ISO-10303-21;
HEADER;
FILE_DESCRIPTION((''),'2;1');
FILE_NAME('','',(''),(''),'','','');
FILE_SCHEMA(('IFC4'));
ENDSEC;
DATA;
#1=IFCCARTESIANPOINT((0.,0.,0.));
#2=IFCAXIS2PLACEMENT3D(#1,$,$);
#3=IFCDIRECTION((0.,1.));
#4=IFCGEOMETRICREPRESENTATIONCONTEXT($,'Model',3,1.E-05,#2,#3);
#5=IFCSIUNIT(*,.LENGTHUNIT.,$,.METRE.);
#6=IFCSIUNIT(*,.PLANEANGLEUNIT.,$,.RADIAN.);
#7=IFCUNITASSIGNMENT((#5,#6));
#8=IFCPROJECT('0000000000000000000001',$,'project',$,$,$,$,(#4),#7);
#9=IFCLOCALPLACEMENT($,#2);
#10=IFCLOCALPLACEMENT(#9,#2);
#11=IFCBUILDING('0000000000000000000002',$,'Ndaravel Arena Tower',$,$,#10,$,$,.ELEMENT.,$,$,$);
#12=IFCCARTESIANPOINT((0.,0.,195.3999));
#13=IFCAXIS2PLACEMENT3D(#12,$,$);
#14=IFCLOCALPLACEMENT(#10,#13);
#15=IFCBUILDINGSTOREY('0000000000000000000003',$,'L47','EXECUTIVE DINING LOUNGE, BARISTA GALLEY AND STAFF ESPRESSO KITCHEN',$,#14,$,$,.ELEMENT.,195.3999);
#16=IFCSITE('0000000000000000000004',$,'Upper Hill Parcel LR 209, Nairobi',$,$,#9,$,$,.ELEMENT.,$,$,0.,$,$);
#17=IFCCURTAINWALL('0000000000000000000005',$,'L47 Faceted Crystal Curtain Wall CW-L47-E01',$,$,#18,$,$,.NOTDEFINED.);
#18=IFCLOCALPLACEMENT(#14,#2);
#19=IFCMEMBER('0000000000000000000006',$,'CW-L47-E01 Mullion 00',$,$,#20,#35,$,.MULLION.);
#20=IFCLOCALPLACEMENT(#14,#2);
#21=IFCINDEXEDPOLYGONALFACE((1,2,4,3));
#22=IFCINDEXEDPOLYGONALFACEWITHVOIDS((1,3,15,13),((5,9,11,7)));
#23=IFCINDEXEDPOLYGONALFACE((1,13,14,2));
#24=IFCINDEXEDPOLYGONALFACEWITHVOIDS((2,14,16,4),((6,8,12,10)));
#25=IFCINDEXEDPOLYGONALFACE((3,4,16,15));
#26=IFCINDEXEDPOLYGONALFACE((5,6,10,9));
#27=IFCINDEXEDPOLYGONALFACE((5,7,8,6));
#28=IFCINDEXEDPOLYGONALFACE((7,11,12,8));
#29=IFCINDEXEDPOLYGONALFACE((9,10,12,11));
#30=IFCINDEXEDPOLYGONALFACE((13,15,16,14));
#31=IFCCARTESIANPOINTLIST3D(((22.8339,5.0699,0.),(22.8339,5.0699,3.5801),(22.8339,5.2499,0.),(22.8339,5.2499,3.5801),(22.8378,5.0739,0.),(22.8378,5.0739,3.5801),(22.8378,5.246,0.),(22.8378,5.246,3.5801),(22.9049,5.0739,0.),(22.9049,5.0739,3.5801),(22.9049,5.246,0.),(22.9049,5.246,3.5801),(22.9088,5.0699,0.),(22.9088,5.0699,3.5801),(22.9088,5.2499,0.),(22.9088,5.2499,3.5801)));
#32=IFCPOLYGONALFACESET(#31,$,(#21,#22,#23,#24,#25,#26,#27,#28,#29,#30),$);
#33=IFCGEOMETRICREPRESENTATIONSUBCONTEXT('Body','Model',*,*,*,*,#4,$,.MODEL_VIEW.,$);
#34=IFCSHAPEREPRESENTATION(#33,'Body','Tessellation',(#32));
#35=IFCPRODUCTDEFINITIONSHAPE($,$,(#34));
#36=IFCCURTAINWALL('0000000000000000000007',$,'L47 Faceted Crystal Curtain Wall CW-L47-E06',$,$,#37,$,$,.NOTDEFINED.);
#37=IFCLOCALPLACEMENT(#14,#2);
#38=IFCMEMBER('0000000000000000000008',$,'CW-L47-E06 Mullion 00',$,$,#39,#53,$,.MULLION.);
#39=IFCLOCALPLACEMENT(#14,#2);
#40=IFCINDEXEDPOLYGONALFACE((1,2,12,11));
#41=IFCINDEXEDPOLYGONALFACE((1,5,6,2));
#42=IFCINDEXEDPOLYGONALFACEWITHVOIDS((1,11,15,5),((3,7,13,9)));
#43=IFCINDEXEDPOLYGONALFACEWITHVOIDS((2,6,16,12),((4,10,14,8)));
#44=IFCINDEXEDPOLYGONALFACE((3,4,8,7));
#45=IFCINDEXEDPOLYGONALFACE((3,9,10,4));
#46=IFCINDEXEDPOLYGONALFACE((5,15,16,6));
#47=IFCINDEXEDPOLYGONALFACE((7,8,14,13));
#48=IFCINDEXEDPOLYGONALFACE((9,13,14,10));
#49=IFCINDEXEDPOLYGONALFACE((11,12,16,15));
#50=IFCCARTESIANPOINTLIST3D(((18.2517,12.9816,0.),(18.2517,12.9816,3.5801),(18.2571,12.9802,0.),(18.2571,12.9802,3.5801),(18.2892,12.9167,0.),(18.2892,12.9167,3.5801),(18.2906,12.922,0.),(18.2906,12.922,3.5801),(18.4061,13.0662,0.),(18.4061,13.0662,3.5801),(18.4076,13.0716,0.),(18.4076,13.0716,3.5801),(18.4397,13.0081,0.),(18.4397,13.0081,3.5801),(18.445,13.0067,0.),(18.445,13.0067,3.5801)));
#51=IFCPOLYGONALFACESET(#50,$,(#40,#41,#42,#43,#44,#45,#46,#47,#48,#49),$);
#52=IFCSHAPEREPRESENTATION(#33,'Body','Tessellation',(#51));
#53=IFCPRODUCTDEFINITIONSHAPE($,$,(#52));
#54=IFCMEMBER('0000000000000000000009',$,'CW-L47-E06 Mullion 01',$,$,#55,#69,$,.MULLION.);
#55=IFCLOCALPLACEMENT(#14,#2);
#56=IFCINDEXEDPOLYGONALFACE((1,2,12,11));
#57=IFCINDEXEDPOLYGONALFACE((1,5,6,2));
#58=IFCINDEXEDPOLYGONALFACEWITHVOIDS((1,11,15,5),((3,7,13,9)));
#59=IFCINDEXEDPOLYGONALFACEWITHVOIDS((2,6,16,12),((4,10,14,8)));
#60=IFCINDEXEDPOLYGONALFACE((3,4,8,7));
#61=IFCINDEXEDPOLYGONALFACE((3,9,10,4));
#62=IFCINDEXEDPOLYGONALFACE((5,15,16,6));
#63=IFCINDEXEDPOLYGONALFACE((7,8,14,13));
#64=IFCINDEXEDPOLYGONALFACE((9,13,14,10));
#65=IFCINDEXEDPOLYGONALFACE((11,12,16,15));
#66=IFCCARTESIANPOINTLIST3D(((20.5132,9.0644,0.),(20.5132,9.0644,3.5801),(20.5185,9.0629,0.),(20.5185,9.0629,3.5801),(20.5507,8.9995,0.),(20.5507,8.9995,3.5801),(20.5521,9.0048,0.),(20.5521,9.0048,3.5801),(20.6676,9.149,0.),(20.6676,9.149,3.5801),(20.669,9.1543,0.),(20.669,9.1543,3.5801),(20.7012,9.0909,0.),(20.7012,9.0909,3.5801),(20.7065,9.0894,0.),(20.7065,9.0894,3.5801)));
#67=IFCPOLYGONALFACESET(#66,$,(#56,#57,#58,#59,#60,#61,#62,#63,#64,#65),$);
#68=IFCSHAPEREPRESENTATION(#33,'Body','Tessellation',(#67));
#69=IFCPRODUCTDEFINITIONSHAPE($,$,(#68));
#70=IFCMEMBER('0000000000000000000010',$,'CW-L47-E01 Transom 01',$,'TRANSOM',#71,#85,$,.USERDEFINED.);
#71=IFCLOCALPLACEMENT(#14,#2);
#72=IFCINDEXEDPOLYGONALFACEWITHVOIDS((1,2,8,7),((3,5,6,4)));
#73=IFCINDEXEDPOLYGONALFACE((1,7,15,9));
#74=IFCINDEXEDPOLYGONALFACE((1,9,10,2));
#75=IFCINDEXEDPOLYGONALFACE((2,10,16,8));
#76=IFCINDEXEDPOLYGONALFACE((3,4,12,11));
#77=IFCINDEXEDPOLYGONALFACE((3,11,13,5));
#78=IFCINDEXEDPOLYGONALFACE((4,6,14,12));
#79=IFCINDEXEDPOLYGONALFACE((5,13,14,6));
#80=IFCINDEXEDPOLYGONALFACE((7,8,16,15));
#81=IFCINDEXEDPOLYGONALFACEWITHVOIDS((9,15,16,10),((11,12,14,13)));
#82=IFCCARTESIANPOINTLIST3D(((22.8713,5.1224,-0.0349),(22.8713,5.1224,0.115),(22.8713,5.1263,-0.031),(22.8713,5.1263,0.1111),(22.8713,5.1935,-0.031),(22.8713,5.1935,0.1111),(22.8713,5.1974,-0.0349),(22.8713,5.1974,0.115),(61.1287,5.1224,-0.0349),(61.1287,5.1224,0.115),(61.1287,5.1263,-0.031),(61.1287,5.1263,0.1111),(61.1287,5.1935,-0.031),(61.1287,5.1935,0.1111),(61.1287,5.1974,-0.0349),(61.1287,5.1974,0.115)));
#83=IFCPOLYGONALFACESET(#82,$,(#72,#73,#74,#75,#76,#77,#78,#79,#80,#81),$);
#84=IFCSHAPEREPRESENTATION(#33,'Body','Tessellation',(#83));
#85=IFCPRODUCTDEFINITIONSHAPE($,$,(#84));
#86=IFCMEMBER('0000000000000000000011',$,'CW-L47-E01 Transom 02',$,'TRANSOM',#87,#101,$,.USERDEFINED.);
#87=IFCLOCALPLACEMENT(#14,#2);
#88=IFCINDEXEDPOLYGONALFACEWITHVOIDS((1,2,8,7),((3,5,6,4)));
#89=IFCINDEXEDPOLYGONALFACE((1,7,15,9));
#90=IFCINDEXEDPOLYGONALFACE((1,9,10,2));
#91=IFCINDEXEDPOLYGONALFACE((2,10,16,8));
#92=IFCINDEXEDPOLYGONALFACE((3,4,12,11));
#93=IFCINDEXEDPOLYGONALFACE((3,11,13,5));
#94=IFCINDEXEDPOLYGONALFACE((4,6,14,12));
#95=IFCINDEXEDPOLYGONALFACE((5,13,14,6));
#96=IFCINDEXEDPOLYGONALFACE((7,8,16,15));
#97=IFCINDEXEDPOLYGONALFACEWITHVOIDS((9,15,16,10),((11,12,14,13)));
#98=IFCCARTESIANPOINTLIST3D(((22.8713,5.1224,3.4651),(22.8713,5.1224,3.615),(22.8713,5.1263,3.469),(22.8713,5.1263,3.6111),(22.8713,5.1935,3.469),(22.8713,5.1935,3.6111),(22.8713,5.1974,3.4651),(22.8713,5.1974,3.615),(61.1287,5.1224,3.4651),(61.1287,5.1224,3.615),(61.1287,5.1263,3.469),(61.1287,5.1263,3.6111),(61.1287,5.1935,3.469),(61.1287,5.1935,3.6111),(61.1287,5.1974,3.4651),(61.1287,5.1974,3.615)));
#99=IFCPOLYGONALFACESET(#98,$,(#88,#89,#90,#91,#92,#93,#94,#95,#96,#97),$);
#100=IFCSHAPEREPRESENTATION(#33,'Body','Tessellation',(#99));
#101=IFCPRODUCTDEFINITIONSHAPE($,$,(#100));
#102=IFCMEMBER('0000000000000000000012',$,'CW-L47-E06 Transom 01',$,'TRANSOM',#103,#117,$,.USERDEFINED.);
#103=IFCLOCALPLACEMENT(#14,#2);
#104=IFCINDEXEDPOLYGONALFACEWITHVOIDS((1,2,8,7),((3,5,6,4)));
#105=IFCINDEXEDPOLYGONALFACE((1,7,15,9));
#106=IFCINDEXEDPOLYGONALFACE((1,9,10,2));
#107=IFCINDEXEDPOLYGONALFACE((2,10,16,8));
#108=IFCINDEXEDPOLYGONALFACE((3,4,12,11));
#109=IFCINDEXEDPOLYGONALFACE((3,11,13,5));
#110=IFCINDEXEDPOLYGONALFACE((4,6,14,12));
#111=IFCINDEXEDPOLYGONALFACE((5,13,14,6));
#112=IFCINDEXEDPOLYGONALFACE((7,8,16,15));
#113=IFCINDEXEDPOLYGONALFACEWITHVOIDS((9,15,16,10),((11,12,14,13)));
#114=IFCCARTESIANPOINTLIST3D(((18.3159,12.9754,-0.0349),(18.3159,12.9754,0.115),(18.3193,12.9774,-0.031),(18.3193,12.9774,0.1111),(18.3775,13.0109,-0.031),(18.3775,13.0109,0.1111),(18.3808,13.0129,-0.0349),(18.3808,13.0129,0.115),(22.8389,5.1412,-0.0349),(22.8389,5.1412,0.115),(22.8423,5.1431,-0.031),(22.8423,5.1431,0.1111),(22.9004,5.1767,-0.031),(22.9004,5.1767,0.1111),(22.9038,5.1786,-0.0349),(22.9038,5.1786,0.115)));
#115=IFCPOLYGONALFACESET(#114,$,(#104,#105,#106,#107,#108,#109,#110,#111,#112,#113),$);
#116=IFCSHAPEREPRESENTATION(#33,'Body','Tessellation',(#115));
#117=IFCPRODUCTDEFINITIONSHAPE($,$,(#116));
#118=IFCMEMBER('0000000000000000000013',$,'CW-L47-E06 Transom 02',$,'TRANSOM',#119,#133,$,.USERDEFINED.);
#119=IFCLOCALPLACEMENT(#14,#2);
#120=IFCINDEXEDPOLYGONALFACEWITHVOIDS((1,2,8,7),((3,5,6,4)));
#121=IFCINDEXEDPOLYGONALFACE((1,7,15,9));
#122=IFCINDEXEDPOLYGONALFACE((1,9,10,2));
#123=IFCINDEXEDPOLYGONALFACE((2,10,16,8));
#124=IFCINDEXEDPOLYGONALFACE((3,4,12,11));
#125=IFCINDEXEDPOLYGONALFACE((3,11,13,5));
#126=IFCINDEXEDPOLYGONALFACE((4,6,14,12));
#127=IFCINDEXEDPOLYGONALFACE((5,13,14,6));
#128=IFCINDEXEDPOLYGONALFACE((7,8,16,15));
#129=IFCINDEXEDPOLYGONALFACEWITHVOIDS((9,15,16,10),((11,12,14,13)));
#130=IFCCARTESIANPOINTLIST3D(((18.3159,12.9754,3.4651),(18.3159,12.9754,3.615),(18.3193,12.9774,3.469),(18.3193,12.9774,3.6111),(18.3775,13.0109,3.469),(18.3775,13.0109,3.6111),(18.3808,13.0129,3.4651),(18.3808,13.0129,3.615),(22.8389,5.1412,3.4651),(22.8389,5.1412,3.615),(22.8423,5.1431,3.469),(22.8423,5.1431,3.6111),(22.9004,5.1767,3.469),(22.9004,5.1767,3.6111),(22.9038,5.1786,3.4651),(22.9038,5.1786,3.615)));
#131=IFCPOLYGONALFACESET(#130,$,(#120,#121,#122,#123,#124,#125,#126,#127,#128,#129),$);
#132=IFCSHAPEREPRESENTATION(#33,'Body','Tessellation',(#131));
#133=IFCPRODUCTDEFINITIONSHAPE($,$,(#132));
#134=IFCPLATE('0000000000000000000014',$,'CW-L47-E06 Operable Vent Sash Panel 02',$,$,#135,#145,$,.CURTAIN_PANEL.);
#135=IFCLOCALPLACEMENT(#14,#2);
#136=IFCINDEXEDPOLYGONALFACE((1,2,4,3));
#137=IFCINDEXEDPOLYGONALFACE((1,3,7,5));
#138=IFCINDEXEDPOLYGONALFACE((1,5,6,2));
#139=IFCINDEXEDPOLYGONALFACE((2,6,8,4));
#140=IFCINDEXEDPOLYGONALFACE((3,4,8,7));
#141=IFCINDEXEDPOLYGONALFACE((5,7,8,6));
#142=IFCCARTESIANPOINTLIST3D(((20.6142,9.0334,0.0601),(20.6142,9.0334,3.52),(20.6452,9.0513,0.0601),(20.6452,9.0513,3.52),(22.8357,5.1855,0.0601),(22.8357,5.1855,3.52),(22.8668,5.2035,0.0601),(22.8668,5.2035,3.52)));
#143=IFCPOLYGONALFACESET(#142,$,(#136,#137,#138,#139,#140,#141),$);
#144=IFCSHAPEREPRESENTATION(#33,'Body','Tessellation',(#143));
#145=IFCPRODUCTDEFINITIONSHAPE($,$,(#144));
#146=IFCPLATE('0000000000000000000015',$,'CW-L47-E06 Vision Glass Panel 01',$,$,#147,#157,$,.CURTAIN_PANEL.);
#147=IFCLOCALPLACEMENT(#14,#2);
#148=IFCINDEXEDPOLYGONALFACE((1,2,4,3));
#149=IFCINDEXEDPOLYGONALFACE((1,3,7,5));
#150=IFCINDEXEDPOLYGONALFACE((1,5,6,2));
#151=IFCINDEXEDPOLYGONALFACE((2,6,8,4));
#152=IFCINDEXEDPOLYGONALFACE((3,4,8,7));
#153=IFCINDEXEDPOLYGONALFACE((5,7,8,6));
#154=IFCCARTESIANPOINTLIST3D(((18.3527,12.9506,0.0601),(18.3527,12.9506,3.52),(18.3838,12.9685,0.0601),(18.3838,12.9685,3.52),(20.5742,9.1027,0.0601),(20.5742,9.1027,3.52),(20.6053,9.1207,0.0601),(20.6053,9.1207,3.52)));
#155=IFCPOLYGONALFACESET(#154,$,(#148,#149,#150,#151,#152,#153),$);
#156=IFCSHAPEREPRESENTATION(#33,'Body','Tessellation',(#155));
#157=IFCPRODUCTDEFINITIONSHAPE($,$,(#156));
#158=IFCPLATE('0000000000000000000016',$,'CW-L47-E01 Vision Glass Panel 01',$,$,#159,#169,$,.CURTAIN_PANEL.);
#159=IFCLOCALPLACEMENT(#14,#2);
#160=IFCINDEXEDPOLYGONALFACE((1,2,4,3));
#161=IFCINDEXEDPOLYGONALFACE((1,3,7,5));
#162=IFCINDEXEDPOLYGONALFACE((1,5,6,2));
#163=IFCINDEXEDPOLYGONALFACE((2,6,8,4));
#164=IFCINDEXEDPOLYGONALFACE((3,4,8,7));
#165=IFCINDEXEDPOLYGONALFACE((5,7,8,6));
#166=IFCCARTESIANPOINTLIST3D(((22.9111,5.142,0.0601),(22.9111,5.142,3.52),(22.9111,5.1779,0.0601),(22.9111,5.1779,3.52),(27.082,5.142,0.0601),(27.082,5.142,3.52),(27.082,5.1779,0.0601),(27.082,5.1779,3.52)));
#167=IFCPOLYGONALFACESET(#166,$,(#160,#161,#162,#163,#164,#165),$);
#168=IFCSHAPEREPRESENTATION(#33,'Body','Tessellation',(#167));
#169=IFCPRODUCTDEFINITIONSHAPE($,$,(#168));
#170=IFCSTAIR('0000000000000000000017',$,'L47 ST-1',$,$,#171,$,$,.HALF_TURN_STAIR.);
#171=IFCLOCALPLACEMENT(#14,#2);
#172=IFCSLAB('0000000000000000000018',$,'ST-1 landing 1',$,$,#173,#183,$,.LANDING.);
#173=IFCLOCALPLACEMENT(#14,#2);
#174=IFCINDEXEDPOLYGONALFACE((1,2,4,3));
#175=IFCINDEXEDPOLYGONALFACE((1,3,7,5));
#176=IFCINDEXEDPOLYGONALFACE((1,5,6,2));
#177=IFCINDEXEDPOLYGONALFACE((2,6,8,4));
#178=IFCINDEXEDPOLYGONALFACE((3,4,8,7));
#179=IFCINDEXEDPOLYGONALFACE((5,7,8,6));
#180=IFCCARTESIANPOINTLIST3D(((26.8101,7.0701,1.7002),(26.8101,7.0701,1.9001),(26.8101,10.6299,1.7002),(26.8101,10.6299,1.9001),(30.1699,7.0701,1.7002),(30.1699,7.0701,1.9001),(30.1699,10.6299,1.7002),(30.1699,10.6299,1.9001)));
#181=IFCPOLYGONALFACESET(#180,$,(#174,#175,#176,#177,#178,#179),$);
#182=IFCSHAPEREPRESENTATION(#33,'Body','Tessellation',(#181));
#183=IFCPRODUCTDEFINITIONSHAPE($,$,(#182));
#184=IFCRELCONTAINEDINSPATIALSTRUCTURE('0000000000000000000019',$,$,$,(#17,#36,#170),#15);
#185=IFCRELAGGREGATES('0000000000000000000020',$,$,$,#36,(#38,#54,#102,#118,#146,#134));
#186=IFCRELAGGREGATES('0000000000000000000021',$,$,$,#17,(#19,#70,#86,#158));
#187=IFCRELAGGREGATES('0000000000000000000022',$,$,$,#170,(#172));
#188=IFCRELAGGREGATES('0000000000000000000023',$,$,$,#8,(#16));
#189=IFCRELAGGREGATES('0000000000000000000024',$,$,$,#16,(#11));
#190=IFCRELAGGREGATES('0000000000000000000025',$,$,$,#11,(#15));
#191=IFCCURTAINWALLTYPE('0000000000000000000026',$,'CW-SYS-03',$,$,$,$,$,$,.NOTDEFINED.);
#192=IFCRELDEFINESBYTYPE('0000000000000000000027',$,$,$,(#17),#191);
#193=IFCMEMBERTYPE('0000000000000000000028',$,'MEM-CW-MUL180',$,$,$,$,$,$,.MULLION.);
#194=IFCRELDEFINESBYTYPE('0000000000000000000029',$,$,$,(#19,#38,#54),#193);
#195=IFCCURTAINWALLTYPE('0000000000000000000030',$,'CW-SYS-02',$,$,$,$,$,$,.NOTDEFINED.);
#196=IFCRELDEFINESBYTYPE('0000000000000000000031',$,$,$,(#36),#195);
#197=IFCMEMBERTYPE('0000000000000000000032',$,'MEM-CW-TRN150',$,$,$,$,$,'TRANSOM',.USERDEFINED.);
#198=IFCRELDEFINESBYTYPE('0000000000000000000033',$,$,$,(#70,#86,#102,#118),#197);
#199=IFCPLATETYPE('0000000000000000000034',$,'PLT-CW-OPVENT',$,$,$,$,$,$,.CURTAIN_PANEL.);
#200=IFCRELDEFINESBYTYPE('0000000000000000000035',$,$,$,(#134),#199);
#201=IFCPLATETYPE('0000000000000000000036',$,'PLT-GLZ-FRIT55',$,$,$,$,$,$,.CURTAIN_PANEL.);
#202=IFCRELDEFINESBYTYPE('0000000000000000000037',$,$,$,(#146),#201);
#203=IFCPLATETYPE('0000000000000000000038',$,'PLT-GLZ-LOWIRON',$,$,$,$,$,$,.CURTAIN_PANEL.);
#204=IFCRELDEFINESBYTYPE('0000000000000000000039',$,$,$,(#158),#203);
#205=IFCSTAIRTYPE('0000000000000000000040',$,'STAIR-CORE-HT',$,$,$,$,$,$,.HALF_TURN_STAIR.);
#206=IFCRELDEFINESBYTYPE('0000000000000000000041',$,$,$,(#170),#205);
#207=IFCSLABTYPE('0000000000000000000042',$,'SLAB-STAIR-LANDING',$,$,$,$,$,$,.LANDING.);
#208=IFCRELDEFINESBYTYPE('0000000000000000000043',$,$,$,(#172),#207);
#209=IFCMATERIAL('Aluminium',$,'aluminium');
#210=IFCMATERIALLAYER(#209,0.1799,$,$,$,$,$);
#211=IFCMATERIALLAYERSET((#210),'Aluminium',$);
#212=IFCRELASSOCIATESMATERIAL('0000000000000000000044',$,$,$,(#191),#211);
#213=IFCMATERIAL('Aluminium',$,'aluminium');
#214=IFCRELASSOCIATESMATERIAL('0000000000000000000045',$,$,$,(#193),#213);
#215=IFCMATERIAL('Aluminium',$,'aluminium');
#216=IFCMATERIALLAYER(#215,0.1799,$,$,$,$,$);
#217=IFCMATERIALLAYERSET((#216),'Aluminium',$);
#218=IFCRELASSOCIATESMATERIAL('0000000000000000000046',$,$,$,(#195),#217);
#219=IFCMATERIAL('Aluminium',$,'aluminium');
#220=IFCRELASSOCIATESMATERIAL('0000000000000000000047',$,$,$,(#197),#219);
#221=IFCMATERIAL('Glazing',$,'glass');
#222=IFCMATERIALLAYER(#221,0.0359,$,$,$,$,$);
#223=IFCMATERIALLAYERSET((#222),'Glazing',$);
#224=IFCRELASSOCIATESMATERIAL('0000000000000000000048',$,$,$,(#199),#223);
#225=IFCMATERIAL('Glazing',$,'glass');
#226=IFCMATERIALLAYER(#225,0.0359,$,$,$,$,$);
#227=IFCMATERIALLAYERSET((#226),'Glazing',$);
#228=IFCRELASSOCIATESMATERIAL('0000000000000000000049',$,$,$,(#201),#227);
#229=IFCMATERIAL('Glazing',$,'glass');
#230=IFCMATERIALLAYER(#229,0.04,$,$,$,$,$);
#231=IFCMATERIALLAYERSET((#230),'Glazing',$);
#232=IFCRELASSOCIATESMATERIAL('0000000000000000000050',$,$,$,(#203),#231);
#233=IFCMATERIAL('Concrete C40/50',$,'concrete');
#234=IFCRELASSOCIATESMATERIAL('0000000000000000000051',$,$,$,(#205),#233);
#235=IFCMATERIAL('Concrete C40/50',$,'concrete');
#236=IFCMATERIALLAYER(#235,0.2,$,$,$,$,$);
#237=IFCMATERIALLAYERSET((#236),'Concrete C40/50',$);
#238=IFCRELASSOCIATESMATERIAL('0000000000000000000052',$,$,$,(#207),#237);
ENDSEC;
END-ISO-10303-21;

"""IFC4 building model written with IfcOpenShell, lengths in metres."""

from ifc_helpers import new_model, si_unit, direction, frame, origin, origin_2d, place, context, subcontext, project, spatial, polyline, rectangle, hollow_rectangle, outline, extrude, material, layer, layer_set, material_profile, profile_set, type_object, element, aggregate, save


model = new_model("IFC4")

# Units and contexts
model_context = context("Model", 3, precision=1e-05, world=origin(), true_north=direction((0.0, 1.0)))
body_context = subcontext(model_context, "Body", "Model", "MODEL_VIEW")
ifc_project = project(units=[si_unit("LENGTHUNIT", "METRE"), si_unit("PLANEANGLEUNIT", "RADIAN")], contexts=[model_context])

# Site, building, storey
site_placement = place(None, origin())
site = spatial("IfcSite", under=ifc_project, at=site_placement, Name="Upper Hill Parcel LR 209, Nairobi", CompositionType="ELEMENT", RefElevation=0.0)
building_placement = place(site_placement, origin())
building = spatial("IfcBuilding", under=site, at=building_placement, Name="Ndaravel Arena Tower", CompositionType="ELEMENT")
storey_placement = place(building_placement, frame((0.0, 0.0, 195.3999)))
storey = spatial("IfcBuildingStorey", under=building, at=storey_placement, Name="L47", Description="EXECUTIVE DINING LOUNGE, BARISTA GALLEY AND STAFF ESPRESSO KITCHEN", CompositionType="ELEMENT", Elevation=195.3999)

# Curtain wall, member
ifc_material_1 = material(Name="Aluminium", Category="aluminium")
ifc_layer_1 = layer(ifc_material_1, 0.1799)
ifc_layer_set_1 = layer_set([ifc_layer_1], Name="Aluminium")
curtain_wall_type_1 = type_object("IfcCurtainWallType", Name="CW-SYS-03", PredefinedType="NOTDEFINED", material=ifc_layer_set_1)
curtain_wall_1_placement = place(storey_placement, origin())
curtain_wall_1 = element("IfcCurtainWall", 1, at=curtain_wall_1_placement, inside=storey, type_object=curtain_wall_type_1, Name="L47 Faceted Crystal Curtain Wall CW-L47-E01", PredefinedType="NOTDEFINED")
ifc_material_2 = material(Name="Aluminium", Category="aluminium")
ifc_material_profile_1 = material_profile(ifc_material_2, hollow_rectangle(XDim=0.075, YDim=0.1799, WallThickness=0.0039, at=origin_2d()), Name="CW MULLION 75x180x4")
ifc_profile_set_1 = profile_set([ifc_material_profile_1], Name="Aluminium")
member_type_1 = type_object("IfcMemberType", Name="MEM-CW-MUL180", PredefinedType="MULLION", material=ifc_profile_set_1)
member_1_placement = place(storey_placement, frame((22.8713, 5.1599, 0.0), z_axis=(0.0, 0.0, 1.0), x_axis=(1.0, 0.0, 0.0)))
member_1 = element("IfcMember", 2, at=member_1_placement, type_object=member_type_1, Name="CW-L47-E01 Mullion 00", PredefinedType="MULLION", context=body_context, shape_type="SweptSolid", body=[
    extrude(hollow_rectangle(XDim=0.075, YDim=0.1799, WallThickness=0.0039, at=origin_2d()), origin(), (0.0, 0.0, 1.0), 3.5801),
])

# Curtain wall, members
ifc_material_3 = material(Name="Aluminium", Category="aluminium")
ifc_layer_2 = layer(ifc_material_3, 0.1799)
ifc_layer_set_2 = layer_set([ifc_layer_2], Name="Aluminium")
curtain_wall_type_2 = type_object("IfcCurtainWallType", Name="CW-SYS-02", PredefinedType="NOTDEFINED", material=ifc_layer_set_2)
curtain_wall_2_placement = place(storey_placement, origin())
curtain_wall_2 = element("IfcCurtainWall", 3, at=curtain_wall_2_placement, inside=storey, type_object=curtain_wall_type_2, Name="L47 Faceted Crystal Curtain Wall CW-L47-E06", PredefinedType="NOTDEFINED")
member_2_placement = place(storey_placement, frame((18.3484, 12.9941, 0.0), z_axis=(0.0, 0.0, 1.0), x_axis=(0.5, -0.866025, 0.0)))
member_2 = element("IfcMember", 4, at=member_2_placement, type_object=member_type_1, Name="CW-L47-E06 Mullion 00", PredefinedType="MULLION", context=body_context, shape_type="SweptSolid", body=[
    extrude(hollow_rectangle(XDim=0.075, YDim=0.1799, WallThickness=0.0039, at=origin_2d()), origin(), (0.0, 0.0, 1.0), 3.5801),
])
member_3_placement = place(storey_placement, frame((20.6099, 9.0769, 0.0), z_axis=(0.0, 0.0, 1.0), x_axis=(0.5, -0.866025, 0.0)))
member_3 = element("IfcMember", 5, at=member_3_placement, type_object=member_type_1, Name="CW-L47-E06 Mullion 01", PredefinedType="MULLION", context=body_context, shape_type="SweptSolid", body=[
    extrude(hollow_rectangle(XDim=0.075, YDim=0.1799, WallThickness=0.0039, at=origin_2d()), origin(), (0.0, 0.0, 1.0), 3.5801),
])

# Members
ifc_material_4 = material(Name="Aluminium", Category="aluminium")
ifc_material_profile_2 = material_profile(ifc_material_4, hollow_rectangle(XDim=0.075, YDim=0.1499, WallThickness=0.0039, at=origin_2d()), Name="CW TRANSOM 75x150x4")
ifc_profile_set_2 = profile_set([ifc_material_profile_2], Name="Aluminium")
member_type_2 = type_object("IfcMemberType", Name="MEM-CW-TRN150", ElementType="TRANSOM", PredefinedType="USERDEFINED", material=ifc_profile_set_2)
member_4_placement = place(storey_placement, frame((22.8713, 5.1599, 0.04), z_axis=(1.0, 0.0, 0.0), x_axis=(0.0, 1.0, 0.0)))
member_4 = element("IfcMember", 6, at=member_4_placement, type_object=member_type_2, Name="CW-L47-E01 Transom 01", ObjectType="TRANSOM", PredefinedType="USERDEFINED", context=body_context, shape_type="SweptSolid", body=[
    extrude(hollow_rectangle(XDim=0.075, YDim=0.1499, WallThickness=0.0039, at=origin_2d()), origin(), (0.0, 0.0, 1.0), 38.2573),
])
member_5_placement = place(storey_placement, frame((22.8713, 5.1599, 3.54), z_axis=(1.0, 0.0, 0.0), x_axis=(0.0, 1.0, 0.0)))
member_5 = element("IfcMember", 7, at=member_5_placement, type_object=member_type_2, Name="CW-L47-E01 Transom 02", ObjectType="TRANSOM", PredefinedType="USERDEFINED", context=body_context, shape_type="SweptSolid", body=[
    extrude(hollow_rectangle(XDim=0.075, YDim=0.1499, WallThickness=0.0039, at=origin_2d()), origin(), (0.0, 0.0, 1.0), 38.2573),
])
member_6_placement = place(storey_placement, frame((18.3484, 12.9941, 0.04), z_axis=(0.499988, -0.866032, 0.0), x_axis=(0.866032, 0.499988, 0.0)))
member_6 = element("IfcMember", 8, at=member_6_placement, type_object=member_type_2, Name="CW-L47-E06 Transom 01", ObjectType="TRANSOM", PredefinedType="USERDEFINED", context=body_context, shape_type="SweptSolid", body=[
    extrude(hollow_rectangle(XDim=0.075, YDim=0.1499, WallThickness=0.0039, at=origin_2d()), origin(), (0.0, 0.0, 1.0), 9.0461),
])
member_7_placement = place(storey_placement, frame((18.3484, 12.9941, 3.54), z_axis=(0.499988, -0.866032, 0.0), x_axis=(0.866032, 0.499988, 0.0)))
member_7 = element("IfcMember", 9, at=member_7_placement, type_object=member_type_2, Name="CW-L47-E06 Transom 02", ObjectType="TRANSOM", PredefinedType="USERDEFINED", context=body_context, shape_type="SweptSolid", body=[
    extrude(hollow_rectangle(XDim=0.075, YDim=0.1499, WallThickness=0.0039, at=origin_2d()), origin(), (0.0, 0.0, 1.0), 9.0461),
])

# Plates
ifc_material_5 = material(Name="Glazing", Category="glass")
ifc_layer_3 = layer(ifc_material_5, 0.0359)
ifc_layer_set_3 = layer_set([ifc_layer_3], Name="Glazing")
plate_type_1 = type_object("IfcPlateType", Name="PLT-CW-OPVENT", PredefinedType="CURTAIN_PANEL", material=ifc_layer_set_3)
plate_1_placement = place(storey_placement, frame((21.7405, 7.1184, 0.0601), z_axis=(0.0, 0.0, 1.0), x_axis=(0.5, -0.866025, 0.0)))
plate_1 = element("IfcPlate", 10, at=plate_1_placement, type_object=plate_type_1, Name="CW-L47-E06 Operable Vent Sash Panel 02", PredefinedType="CURTAIN_PANEL", context=body_context, shape_type="SweptSolid", body=[
    extrude(rectangle(XDim=4.4431, YDim=0.0359, at=origin_2d()), origin(), (0.0, 0.0, 1.0), 3.46),
])
ifc_material_6 = material(Name="Glazing", Category="glass")
ifc_layer_4 = layer(ifc_material_6, 0.0359)
ifc_layer_set_4 = layer_set([ifc_layer_4], Name="Glazing")
plate_type_2 = type_object("IfcPlateType", Name="PLT-GLZ-FRIT55", PredefinedType="CURTAIN_PANEL", material=ifc_layer_set_4)
plate_2_placement = place(storey_placement, frame((19.479, 11.0356, 0.0601), z_axis=(0.0, 0.0, 1.0), x_axis=(0.5, -0.866025, 0.0)))
plate_2 = element("IfcPlate", 11, at=plate_2_placement, type_object=plate_type_2, Name="CW-L47-E06 Vision Glass Panel 01", PredefinedType="CURTAIN_PANEL", context=body_context, shape_type="SweptSolid", body=[
    extrude(rectangle(XDim=4.4431, YDim=0.0359, at=origin_2d()), origin(), (0.0, 0.0, 1.0), 3.46),
])
aggregate(curtain_wall_2, [member_2, member_3, member_6, member_7, plate_2, plate_1])
ifc_material_7 = material(Name="Glazing", Category="glass")
ifc_layer_5 = layer(ifc_material_7, 0.04)
ifc_layer_set_5 = layer_set([ifc_layer_5], Name="Glazing")
plate_type_3 = type_object("IfcPlateType", Name="PLT-GLZ-LOWIRON", PredefinedType="CURTAIN_PANEL", material=ifc_layer_set_5)
plate_3_placement = place(storey_placement, frame((24.9966, 5.1599, 0.0601), z_axis=(0.0, 0.0, 1.0), x_axis=(1.0, 0.0, 0.0)))
plate_3 = element("IfcPlate", 12, at=plate_3_placement, type_object=plate_type_3, Name="CW-L47-E01 Vision Glass Panel 01", PredefinedType="CURTAIN_PANEL", context=body_context, shape_type="SweptSolid", body=[
    extrude(rectangle(XDim=4.1709, YDim=0.0359, at=origin_2d()), origin(), (0.0, 0.0, 1.0), 3.46),
])
aggregate(curtain_wall_1, [member_1, member_4, member_5, plate_3])

# Stair, slab
ifc_material_8 = material(Name="Concrete C40/50", Category="concrete")
stair_type = type_object("IfcStairType", Name="STAIR-CORE-HT", PredefinedType="HALF_TURN_STAIR", material=ifc_material_8)
stair_1_placement = place(storey_placement, origin())
stair_1 = element("IfcStair", 13, at=stair_1_placement, inside=storey, type_object=stair_type, Name="L47 ST-1", PredefinedType="HALF_TURN_STAIR")
ifc_material_9 = material(Name="Concrete C40/50", Category="concrete")
ifc_layer_6 = layer(ifc_material_9, 0.2)
ifc_layer_set_6 = layer_set([ifc_layer_6], Name="Concrete C40/50")
slab_type_1 = type_object("IfcSlabType", Name="SLAB-STAIR-LANDING", PredefinedType="LANDING", material=ifc_layer_set_6)
slab_1_placement = place(storey_placement, frame((0.0, 0.0, 1.7002)))
slab_1 = element("IfcSlab", 14, at=slab_1_placement, type_object=slab_type_1, Name="ST-1 landing 1", PredefinedType="LANDING", context=body_context, shape_type="SweptSolid", body=[
    extrude(outline(polyline([(26.8101, 10.6299), (26.8101, 7.0701), (30.1699, 7.0701), (30.1699, 10.6299), (26.8101, 10.6299)])), origin(), (0.0, 0.0, 1.0), 0.2),
])
aggregate(stair_1, [slab_1])

save(model, "model.ifc")
